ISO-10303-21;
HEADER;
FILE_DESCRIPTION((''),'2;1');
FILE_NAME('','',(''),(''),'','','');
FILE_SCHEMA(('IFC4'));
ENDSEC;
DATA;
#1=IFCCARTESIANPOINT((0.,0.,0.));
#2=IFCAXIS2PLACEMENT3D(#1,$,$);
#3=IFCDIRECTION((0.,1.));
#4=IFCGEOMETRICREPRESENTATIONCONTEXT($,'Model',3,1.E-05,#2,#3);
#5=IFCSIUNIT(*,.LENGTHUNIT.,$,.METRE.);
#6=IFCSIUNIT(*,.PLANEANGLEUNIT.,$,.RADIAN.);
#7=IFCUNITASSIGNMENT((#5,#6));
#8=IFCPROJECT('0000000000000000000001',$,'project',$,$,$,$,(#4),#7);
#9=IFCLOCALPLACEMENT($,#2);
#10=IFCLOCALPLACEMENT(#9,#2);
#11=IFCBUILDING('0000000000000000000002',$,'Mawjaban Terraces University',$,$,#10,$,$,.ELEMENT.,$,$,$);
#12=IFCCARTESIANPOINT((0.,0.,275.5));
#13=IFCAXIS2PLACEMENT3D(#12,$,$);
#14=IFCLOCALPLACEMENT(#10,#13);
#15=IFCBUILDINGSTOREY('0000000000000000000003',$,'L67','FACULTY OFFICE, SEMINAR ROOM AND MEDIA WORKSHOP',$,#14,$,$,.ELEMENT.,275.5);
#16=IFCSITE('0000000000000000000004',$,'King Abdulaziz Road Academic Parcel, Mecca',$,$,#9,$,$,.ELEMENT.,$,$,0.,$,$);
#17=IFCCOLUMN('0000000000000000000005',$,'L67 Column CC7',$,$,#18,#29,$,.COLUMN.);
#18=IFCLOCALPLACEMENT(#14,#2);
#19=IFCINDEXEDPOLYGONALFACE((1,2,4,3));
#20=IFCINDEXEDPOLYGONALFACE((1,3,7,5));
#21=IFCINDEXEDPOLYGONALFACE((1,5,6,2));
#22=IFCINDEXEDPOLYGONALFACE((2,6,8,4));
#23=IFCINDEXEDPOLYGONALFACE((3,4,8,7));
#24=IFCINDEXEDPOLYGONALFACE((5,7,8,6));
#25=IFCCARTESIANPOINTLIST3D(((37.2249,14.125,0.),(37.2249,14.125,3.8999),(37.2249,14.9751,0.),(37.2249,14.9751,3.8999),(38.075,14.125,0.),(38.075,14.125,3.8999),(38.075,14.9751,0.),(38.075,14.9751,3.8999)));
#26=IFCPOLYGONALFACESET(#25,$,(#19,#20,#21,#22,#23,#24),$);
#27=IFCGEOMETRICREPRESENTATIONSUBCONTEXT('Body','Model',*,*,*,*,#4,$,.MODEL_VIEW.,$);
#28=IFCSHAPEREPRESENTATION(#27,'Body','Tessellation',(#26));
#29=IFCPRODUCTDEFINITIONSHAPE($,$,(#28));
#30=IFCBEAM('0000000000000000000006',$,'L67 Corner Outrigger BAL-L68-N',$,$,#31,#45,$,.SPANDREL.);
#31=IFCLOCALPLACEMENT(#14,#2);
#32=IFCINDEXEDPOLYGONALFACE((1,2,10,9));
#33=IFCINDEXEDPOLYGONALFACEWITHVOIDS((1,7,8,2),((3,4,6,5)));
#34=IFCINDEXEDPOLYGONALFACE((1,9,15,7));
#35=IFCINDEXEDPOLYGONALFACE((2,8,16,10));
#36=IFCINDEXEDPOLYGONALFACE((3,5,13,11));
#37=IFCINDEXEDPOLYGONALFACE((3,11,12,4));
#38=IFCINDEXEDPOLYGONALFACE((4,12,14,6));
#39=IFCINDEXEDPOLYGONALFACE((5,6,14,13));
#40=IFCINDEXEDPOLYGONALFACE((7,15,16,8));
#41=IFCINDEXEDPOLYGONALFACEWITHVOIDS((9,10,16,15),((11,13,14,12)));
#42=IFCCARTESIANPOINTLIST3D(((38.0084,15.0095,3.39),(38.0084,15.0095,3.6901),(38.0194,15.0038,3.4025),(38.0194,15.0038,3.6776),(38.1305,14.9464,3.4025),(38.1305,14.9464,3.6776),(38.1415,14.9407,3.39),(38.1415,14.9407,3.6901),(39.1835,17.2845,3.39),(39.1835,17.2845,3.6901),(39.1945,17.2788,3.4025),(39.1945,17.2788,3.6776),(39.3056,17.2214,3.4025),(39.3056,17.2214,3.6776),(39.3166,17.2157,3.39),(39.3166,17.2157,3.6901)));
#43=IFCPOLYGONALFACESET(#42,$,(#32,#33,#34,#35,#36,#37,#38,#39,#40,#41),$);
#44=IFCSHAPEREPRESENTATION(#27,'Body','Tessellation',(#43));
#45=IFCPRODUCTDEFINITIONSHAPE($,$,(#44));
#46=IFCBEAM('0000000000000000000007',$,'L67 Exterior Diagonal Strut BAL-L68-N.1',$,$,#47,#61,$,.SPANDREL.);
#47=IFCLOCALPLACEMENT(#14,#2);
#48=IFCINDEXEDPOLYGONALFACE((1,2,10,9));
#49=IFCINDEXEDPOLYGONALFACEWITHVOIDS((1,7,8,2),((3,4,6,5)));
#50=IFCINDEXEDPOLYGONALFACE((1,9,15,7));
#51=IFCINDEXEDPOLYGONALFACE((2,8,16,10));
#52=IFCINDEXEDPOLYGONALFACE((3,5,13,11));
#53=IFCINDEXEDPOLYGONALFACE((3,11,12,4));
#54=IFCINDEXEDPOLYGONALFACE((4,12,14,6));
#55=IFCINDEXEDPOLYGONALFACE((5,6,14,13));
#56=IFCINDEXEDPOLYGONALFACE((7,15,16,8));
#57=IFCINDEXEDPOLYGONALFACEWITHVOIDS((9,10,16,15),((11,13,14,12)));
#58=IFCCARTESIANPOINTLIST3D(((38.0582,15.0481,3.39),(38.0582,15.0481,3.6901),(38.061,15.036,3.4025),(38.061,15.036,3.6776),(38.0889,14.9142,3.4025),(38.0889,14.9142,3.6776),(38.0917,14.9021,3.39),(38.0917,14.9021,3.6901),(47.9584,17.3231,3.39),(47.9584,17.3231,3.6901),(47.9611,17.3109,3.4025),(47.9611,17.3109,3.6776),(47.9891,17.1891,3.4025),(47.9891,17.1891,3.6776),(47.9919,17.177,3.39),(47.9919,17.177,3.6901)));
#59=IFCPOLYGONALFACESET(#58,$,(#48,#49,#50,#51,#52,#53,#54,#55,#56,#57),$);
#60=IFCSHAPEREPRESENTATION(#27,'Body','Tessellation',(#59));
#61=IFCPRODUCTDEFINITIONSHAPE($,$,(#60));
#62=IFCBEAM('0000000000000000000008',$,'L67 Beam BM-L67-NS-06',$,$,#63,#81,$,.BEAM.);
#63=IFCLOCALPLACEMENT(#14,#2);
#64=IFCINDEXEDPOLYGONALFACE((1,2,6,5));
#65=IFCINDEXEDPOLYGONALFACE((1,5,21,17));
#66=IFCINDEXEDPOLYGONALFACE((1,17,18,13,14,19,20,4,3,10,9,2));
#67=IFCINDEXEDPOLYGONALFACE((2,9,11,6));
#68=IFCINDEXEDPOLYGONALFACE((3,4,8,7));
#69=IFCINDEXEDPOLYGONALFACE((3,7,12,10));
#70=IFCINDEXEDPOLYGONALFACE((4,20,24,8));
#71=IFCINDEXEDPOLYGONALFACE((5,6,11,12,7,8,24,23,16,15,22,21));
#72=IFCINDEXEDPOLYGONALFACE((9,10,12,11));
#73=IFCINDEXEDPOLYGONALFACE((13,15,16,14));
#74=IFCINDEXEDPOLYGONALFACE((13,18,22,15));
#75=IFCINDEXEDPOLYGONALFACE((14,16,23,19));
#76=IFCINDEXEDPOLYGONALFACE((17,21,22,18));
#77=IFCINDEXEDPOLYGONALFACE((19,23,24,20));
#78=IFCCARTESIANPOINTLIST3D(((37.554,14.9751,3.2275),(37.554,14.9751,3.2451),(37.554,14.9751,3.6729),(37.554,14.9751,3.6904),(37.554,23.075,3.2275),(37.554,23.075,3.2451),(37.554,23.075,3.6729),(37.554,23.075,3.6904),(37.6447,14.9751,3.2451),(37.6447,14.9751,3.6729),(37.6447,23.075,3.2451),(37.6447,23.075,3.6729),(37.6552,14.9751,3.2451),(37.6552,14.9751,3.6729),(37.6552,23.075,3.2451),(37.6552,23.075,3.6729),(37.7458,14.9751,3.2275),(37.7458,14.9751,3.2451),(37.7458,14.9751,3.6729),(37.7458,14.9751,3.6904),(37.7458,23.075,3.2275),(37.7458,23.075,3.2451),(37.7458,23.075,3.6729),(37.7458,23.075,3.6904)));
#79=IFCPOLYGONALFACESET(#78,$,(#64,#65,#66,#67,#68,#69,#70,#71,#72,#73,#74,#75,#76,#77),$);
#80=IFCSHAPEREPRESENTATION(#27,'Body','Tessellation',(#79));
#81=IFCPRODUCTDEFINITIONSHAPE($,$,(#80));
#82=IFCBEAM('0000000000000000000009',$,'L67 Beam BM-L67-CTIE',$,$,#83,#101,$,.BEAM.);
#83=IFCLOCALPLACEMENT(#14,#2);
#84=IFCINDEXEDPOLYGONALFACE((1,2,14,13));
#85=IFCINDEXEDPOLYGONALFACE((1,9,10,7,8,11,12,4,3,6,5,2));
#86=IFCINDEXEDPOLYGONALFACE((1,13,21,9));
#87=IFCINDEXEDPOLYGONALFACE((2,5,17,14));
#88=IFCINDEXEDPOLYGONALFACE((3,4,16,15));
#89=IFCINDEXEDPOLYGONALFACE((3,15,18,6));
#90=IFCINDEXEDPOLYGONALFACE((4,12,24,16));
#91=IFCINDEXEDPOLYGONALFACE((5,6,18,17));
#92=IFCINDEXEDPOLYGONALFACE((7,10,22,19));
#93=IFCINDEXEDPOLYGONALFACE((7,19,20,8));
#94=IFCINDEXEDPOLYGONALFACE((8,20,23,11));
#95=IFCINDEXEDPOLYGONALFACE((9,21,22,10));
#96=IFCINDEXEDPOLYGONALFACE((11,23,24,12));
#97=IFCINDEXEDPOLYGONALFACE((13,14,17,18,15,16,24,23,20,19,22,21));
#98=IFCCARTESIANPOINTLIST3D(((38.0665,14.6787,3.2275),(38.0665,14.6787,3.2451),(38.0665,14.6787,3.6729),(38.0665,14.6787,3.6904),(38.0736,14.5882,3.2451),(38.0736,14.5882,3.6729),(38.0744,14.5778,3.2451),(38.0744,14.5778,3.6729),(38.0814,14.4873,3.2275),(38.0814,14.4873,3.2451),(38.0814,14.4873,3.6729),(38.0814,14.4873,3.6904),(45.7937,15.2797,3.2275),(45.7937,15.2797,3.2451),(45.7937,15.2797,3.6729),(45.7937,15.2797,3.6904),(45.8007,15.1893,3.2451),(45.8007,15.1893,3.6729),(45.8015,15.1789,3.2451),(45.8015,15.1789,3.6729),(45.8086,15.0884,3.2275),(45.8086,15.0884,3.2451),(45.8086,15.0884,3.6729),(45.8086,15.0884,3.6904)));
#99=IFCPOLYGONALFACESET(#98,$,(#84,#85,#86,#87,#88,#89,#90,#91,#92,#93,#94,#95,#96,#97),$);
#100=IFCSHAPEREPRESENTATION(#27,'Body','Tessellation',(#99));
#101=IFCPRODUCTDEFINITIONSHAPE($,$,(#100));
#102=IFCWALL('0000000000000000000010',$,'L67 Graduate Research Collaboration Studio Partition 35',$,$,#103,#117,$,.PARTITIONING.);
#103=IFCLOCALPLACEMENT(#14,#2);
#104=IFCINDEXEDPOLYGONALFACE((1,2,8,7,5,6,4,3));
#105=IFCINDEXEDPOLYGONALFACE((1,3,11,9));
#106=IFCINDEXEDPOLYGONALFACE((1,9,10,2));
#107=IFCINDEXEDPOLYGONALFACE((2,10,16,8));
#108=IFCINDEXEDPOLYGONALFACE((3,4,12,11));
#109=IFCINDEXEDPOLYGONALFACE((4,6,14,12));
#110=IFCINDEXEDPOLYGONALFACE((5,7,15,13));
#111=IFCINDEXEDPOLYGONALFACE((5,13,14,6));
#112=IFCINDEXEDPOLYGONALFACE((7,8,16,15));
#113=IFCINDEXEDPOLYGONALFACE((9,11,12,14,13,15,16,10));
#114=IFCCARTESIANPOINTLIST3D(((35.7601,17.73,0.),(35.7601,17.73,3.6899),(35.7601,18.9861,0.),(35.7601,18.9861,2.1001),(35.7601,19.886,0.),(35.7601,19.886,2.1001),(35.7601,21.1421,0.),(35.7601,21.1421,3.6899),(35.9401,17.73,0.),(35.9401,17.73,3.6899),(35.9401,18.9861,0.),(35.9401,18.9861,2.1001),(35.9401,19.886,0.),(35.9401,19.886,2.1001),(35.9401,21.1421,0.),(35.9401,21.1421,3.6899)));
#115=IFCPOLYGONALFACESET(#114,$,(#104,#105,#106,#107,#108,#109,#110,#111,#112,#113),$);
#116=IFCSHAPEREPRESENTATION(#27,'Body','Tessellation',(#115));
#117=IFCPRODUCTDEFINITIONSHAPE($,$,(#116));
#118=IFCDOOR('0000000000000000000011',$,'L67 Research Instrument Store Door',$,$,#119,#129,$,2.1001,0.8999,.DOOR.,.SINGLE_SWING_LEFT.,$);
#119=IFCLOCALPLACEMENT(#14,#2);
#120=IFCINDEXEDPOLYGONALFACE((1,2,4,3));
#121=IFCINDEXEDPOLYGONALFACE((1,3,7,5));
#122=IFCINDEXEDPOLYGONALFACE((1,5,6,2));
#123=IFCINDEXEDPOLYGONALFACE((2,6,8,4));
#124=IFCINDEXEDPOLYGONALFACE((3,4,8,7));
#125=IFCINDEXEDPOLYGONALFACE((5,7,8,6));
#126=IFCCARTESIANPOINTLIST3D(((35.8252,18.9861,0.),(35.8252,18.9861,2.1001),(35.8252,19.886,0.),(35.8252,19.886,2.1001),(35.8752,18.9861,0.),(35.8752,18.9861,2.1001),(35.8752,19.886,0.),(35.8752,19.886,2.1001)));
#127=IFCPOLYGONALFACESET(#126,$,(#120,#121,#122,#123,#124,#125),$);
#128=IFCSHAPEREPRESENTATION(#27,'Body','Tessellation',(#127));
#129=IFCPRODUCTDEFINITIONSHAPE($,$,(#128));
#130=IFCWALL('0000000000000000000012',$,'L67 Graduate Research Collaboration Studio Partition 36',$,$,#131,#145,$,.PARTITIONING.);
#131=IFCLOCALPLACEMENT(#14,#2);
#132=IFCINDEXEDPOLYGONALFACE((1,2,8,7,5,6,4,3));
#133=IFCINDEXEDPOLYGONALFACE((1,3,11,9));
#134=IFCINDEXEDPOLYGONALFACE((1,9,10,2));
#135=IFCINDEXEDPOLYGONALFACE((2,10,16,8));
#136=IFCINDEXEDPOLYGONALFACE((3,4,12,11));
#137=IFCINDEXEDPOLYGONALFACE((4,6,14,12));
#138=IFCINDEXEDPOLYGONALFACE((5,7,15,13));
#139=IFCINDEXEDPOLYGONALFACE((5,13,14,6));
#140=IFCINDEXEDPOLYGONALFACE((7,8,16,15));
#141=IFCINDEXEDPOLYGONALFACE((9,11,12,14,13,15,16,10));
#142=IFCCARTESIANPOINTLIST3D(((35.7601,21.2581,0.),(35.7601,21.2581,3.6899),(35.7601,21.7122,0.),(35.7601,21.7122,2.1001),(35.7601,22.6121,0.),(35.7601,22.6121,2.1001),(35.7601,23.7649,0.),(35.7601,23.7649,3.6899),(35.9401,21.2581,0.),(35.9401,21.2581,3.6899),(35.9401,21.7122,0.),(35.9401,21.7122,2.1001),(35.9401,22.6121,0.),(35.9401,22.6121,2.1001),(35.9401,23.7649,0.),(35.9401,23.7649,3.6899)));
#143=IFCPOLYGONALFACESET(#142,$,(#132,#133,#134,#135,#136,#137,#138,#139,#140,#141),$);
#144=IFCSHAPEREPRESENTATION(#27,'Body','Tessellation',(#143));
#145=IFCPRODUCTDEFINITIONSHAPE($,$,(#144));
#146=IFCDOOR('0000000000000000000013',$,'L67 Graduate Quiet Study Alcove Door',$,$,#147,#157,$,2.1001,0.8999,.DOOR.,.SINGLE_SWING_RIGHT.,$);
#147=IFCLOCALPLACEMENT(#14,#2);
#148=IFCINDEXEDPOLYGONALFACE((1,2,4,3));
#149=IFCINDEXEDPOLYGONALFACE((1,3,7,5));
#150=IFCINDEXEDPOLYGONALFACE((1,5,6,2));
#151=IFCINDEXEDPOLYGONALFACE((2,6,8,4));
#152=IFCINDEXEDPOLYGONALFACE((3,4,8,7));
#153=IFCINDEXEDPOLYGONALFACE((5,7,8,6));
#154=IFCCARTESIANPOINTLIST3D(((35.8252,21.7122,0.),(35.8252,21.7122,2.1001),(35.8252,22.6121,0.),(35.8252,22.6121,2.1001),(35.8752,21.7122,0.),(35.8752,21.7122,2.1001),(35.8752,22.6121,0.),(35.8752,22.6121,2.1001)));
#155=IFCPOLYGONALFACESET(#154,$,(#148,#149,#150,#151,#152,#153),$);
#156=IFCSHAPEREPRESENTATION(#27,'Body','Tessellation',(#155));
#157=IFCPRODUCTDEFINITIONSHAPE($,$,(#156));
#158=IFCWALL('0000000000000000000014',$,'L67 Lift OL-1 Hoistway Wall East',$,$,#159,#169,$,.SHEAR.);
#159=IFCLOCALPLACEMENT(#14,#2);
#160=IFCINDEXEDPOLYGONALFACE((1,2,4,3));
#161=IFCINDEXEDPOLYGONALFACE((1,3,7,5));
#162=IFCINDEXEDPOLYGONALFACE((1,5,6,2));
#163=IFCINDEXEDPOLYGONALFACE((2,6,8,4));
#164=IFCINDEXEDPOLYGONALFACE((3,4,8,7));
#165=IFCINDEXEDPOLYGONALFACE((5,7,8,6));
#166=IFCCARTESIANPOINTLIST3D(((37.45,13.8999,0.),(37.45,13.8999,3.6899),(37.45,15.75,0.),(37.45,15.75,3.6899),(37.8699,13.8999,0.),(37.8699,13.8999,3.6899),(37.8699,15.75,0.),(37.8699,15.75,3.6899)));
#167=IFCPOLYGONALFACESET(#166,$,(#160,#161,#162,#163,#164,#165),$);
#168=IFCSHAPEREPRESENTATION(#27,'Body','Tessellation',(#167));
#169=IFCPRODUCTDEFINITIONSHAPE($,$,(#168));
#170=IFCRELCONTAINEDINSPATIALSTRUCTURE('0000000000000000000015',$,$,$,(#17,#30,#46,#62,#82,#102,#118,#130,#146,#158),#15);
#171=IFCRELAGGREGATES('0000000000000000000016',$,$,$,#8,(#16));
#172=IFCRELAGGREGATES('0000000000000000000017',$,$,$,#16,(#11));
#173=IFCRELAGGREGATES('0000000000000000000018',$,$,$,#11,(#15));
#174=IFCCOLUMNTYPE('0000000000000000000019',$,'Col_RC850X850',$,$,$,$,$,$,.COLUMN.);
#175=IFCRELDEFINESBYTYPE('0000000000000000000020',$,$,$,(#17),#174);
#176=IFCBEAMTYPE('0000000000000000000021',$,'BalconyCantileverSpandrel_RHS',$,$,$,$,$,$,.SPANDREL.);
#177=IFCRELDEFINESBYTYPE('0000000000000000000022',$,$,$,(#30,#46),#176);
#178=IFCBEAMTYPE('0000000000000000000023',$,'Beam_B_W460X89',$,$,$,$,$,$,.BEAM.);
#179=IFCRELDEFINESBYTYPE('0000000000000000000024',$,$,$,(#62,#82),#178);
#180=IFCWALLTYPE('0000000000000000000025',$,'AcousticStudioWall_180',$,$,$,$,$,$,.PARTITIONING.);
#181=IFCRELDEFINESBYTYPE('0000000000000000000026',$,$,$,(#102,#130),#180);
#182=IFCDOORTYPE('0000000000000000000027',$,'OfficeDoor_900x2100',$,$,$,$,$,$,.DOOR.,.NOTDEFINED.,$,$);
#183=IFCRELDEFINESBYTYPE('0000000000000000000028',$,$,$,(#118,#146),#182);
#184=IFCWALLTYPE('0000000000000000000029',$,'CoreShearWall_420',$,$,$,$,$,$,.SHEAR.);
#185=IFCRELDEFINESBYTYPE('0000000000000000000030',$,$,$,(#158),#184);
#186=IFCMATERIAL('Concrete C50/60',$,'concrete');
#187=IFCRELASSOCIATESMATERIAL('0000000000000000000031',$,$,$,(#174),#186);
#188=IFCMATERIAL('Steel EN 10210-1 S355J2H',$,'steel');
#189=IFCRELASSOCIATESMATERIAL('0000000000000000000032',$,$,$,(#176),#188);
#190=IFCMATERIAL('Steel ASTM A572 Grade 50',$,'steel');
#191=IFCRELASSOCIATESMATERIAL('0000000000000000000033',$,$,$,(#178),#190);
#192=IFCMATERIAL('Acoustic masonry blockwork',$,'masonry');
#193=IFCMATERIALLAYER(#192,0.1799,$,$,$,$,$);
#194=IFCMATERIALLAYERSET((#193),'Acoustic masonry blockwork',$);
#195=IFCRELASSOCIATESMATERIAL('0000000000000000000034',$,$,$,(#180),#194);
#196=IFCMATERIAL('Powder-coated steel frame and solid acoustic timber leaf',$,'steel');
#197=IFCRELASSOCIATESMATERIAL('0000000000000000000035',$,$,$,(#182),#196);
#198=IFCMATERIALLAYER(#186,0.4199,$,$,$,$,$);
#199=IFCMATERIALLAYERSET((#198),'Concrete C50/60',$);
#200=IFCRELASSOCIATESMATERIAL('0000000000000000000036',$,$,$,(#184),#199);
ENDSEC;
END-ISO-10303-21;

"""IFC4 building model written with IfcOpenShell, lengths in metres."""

from ifc_helpers import new_model, si_unit, direction, frame, frame_2d, origin, origin_2d, place, context, subcontext, project, spatial, rectangle, hollow_rectangle, i_section, extrude, material, layer, layer_set, material_profile, profile_set, type_object, element, fill, save


model = new_model("IFC4")

# Units and contexts
model_context = context("Model", 3, precision=1e-05, world=origin(), true_north=direction((0.0, 1.0)))
body_context = subcontext(model_context, "Body", "Model", "MODEL_VIEW")
ifc_project = project(units=[si_unit("LENGTHUNIT", "METRE"), si_unit("PLANEANGLEUNIT", "RADIAN")], contexts=[model_context])

# Site, building, storey
site_placement = place(None, origin())
site = spatial("IfcSite", under=ifc_project, at=site_placement, Name="King Abdulaziz Road Academic Parcel, Mecca", CompositionType="ELEMENT", RefElevation=0.0)
building_placement = place(site_placement, origin())
building = spatial("IfcBuilding", under=site, at=building_placement, Name="Mawjaban Terraces University", CompositionType="ELEMENT")
storey_placement = place(building_placement, frame((0.0, 0.0, 275.5)))
storey = spatial("IfcBuildingStorey", under=building, at=storey_placement, Name="L67", Description="FACULTY OFFICE, SEMINAR ROOM AND MEDIA WORKSHOP", CompositionType="ELEMENT", Elevation=275.5)

# Column
ifc_material_1 = material(Name="Concrete C50/60", Category="concrete")
ifc_material_profile_1 = material_profile(ifc_material_1, rectangle(XDim=0.8501, YDim=0.8501, at=origin_2d()), Name="RC850X850")
ifc_profile_set_1 = profile_set([ifc_material_profile_1], Name="Concrete C50/60")
column_type = type_object("IfcColumnType", Name="Col_RC850X850", PredefinedType="COLUMN", material=ifc_profile_set_1)
column_placement = place(storey_placement, frame((37.6499, 14.55, 0.0), z_axis=(0.0, 0.0, 1.0), x_axis=(1.0, 0.0, 0.0)))
element("IfcColumn", 1, at=column_placement, inside=storey, type_object=column_type, Name="L67 Column CC7", PredefinedType="COLUMN", context=body_context, shape_type="SweptSolid", body=[
    extrude(rectangle(XDim=0.8501, YDim=0.8501, at=origin_2d()), origin(), (0.0, 0.0, 1.0), 3.8999),
])

# Beams
ifc_material_2 = material(Name="Steel EN 10210-1 S355J2H", Category="steel")
ifc_material_profile_2 = material_profile(ifc_material_2, hollow_rectangle(XDim=0.1499, YDim=0.3, WallThickness=0.0125, at=origin_2d()), Name="RHS300X150X12.5")
ifc_profile_set_2 = profile_set([ifc_material_profile_2], Name="Steel EN 10210-1 S355J2H")
beam_type_1 = type_object("IfcBeamType", Name="BalconyCantileverSpandrel_RHS", PredefinedType="SPANDREL", material=ifc_profile_set_2)
beam_1_placement = place(storey_placement, frame((38.075, 14.9751, 3.54), z_axis=(0.458922, 0.888476, 0.0), x_axis=(-0.888476, 0.458922, 0.0)))
element("IfcBeam", 2, at=beam_1_placement, inside=storey, type_object=beam_type_1, Name="L67 Corner Outrigger BAL-L68-N", PredefinedType="SPANDREL", context=body_context, shape_type="SweptSolid", body=[
    extrude(hollow_rectangle(XDim=0.1499, YDim=0.3, WallThickness=0.0125, at=origin_2d()), origin(), (0.0, 0.0, 1.0), 2.5605),
])
beam_2_placement = place(storey_placement, frame((38.075, 14.9751, 3.54), z_axis=(0.974601, 0.223948, 0.0), x_axis=(-0.223948, 0.974601, 0.0)))
element("IfcBeam", 3, at=beam_2_placement, inside=storey, type_object=beam_type_1, Name="L67 Exterior Diagonal Strut BAL-L68-N.1", PredefinedType="SPANDREL", context=body_context, shape_type="SweptSolid", body=[
    extrude(hollow_rectangle(XDim=0.1499, YDim=0.3, WallThickness=0.0125, at=origin_2d()), origin(), (0.0, 0.0, 1.0), 10.1582),
])
ifc_material_3 = material(Name="Steel ASTM A572 Grade 50", Category="steel")
ifc_material_profile_3 = material_profile(ifc_material_3, i_section(OverallWidth=0.1919, OverallDepth=0.4629, WebThickness=0.0105, FlangeThickness=0.0176, at=origin_2d()), Name="W460X89")
ifc_profile_set_3 = profile_set([ifc_material_profile_3], Name="Steel ASTM A572 Grade 50")
beam_type_2 = type_object("IfcBeamType", Name="Beam_B_W460X89", PredefinedType="BEAM", material=ifc_profile_set_3)
beam_3_placement = place(storey_placement, frame((37.6499, 14.9751, 3.459), z_axis=(0.0, 1.0, 0.0), x_axis=(-1.0, 0.0, 0.0)))
element("IfcBeam", 4, at=beam_3_placement, inside=storey, type_object=beam_type_2, Name="L67 Beam BM-L67-NS-06", PredefinedType="BEAM", context=body_context, shape_type="SweptSolid", body=[
    extrude(i_section(OverallWidth=0.1919, OverallDepth=0.4629, WebThickness=0.0105, FlangeThickness=0.0176, at=origin_2d()), origin(), (0.0, 0.0, 1.0), 8.0999),
])
beam_4_placement = place(storey_placement, frame((38.074, 14.583, 3.459), z_axis=(0.996988, 0.077554, 0.0), x_axis=(-0.077554, 0.996988, 0.0)))
element("IfcBeam", 5, at=beam_4_placement, inside=storey, type_object=beam_type_2, Name="L67 Beam BM-L67-CTIE", PredefinedType="BEAM", context=body_context, shape_type="SweptSolid", body=[
    extrude(i_section(OverallWidth=0.1919, OverallDepth=0.4629, WebThickness=0.0105, FlangeThickness=0.0176, at=origin_2d()), origin(), (0.0, 0.0, 1.0), 7.7505),
])

# Walls, openings, doors
ifc_material_4 = material(Name="Acoustic masonry blockwork", Category="masonry")
ifc_layer_1 = layer(ifc_material_4, 0.1799)
ifc_layer_set_1 = layer_set([ifc_layer_1], Name="Acoustic masonry blockwork")
wall_type_1 = type_object("IfcWallType", Name="AcousticStudioWall_180", PredefinedType="PARTITIONING", material=ifc_layer_set_1)
wall_1_placement = place(storey_placement, frame((35.8501, 17.73, 0.0), z_axis=(0.0, 0.0, 1.0), x_axis=(0.0, 1.0, 0.0)))
wall_1 = element("IfcWall", 6, at=wall_1_placement, inside=storey, type_object=wall_type_1, Name="L67 Graduate Research Collaboration Studio Partition 35", PredefinedType="PARTITIONING", context=body_context, shape_type="SweptSolid", body=[
    extrude(rectangle(XDim=3.4121, YDim=0.1799, at=frame_2d((1.7061, 0.0))), origin(), (0.0, 0.0, 1.0), 3.6899),
])
opening_1_placement = place(wall_1_placement, frame((1.2561, 0.0, 0.0)))
opening_1 = element("IfcOpeningElement", 7, at=opening_1_placement, cuts=wall_1, PredefinedType="OPENING", context=body_context, shape_type="SweptSolid", body=[
    extrude(rectangle(XDim=0.8999, YDim=2.1001, at=frame_2d((0.45, 1.05))), frame((0.0, 0.0999, 0.0), z_axis=(0.0, -1.0, 0.0), x_axis=(1.0, 0.0, 0.0)), (0.0, 0.0, 1.0), 0.2),
])
ifc_material_5 = material(Name="Powder-coated steel frame and solid acoustic timber leaf", Category="steel")
door_type = type_object("IfcDoorType", Name="OfficeDoor_900x2100", OperationType="NOTDEFINED", PredefinedType="DOOR", material=ifc_material_5)
door_1_placement = place(opening_1_placement, origin())
door_1 = element("IfcDoor", 8, at=door_1_placement, inside=storey, type_object=door_type, Name="L67 Research Instrument Store Door", OperationType="SINGLE_SWING_LEFT", OverallHeight=2.1001, OverallWidth=0.8999, PredefinedType="DOOR", context=body_context, shape_type="SweptSolid", body=[
    extrude(rectangle(XDim=0.8999, YDim=2.1001, at=frame_2d((0.45, 1.05))), frame((0.0, 0.0249, 0.0), z_axis=(0.0, -1.0, 0.0), x_axis=(1.0, 0.0, 0.0)), (0.0, 0.0, 1.0), 0.05),
])
fill(opening_1, door_1)
wall_2_placement = place(storey_placement, frame((35.8501, 21.2581, 0.0), z_axis=(0.0, 0.0, 1.0), x_axis=(0.0, 1.0, 0.0)))
wall_2 = element("IfcWall", 9, at=wall_2_placement, inside=storey, type_object=wall_type_1, Name="L67 Graduate Research Collaboration Studio Partition 36", PredefinedType="PARTITIONING", context=body_context, shape_type="SweptSolid", body=[
    extrude(rectangle(XDim=2.5068, YDim=0.1799, at=frame_2d((1.2534, 0.0))), origin(), (0.0, 0.0, 1.0), 3.6899),
])
opening_2_placement = place(wall_2_placement, frame((0.4541, 0.0, 0.0)))
opening_2 = element("IfcOpeningElement", 10, at=opening_2_placement, cuts=wall_2, PredefinedType="OPENING", context=body_context, shape_type="SweptSolid", body=[
    extrude(rectangle(XDim=0.8999, YDim=2.1001, at=frame_2d((0.45, 1.05))), frame((0.0, 0.0999, 0.0), z_axis=(0.0, -1.0, 0.0), x_axis=(1.0, 0.0, 0.0)), (0.0, 0.0, 1.0), 0.2),
])
door_2_placement = place(opening_2_placement, origin())
door_2 = element("IfcDoor", 11, at=door_2_placement, inside=storey, type_object=door_type, Name="L67 Graduate Quiet Study Alcove Door", OperationType="SINGLE_SWING_RIGHT", OverallHeight=2.1001, OverallWidth=0.8999, PredefinedType="DOOR", context=body_context, shape_type="SweptSolid", body=[
    extrude(rectangle(XDim=0.8999, YDim=2.1001, at=frame_2d((0.45, 1.05))), frame((0.0, 0.0249, 0.0), z_axis=(0.0, -1.0, 0.0), x_axis=(1.0, 0.0, 0.0)), (0.0, 0.0, 1.0), 0.05),
])
fill(opening_2, door_2)

# Wall
ifc_layer_2 = layer(ifc_material_1, 0.4199)
ifc_layer_set_2 = layer_set([ifc_layer_2], Name="Concrete C50/60")
wall_type_2 = type_object("IfcWallType", Name="CoreShearWall_420", PredefinedType="SHEAR", material=ifc_layer_set_2)
for number, where, z_axis, x_axis, name in (
    (12, (37.6599, 13.8999, 0.0), (0.0, 0.0, 1.0), (0.0, 1.0, 0.0), "L67 Lift OL-1 Hoistway Wall East"),
):
    element("IfcWall", number, at=place(storey_placement, frame(where, z_axis=z_axis, x_axis=x_axis)), inside=storey, type_object=wall_type_2, Name=name, PredefinedType="SHEAR", context=body_context, shape_type="SweptSolid", body=[
        extrude(rectangle(XDim=1.8501, YDim=0.4199, at=frame_2d((0.925, 0.0))), origin(), (0.0, 0.0, 1.0), 3.6899),
    ])

save(model, "model.ifc")
